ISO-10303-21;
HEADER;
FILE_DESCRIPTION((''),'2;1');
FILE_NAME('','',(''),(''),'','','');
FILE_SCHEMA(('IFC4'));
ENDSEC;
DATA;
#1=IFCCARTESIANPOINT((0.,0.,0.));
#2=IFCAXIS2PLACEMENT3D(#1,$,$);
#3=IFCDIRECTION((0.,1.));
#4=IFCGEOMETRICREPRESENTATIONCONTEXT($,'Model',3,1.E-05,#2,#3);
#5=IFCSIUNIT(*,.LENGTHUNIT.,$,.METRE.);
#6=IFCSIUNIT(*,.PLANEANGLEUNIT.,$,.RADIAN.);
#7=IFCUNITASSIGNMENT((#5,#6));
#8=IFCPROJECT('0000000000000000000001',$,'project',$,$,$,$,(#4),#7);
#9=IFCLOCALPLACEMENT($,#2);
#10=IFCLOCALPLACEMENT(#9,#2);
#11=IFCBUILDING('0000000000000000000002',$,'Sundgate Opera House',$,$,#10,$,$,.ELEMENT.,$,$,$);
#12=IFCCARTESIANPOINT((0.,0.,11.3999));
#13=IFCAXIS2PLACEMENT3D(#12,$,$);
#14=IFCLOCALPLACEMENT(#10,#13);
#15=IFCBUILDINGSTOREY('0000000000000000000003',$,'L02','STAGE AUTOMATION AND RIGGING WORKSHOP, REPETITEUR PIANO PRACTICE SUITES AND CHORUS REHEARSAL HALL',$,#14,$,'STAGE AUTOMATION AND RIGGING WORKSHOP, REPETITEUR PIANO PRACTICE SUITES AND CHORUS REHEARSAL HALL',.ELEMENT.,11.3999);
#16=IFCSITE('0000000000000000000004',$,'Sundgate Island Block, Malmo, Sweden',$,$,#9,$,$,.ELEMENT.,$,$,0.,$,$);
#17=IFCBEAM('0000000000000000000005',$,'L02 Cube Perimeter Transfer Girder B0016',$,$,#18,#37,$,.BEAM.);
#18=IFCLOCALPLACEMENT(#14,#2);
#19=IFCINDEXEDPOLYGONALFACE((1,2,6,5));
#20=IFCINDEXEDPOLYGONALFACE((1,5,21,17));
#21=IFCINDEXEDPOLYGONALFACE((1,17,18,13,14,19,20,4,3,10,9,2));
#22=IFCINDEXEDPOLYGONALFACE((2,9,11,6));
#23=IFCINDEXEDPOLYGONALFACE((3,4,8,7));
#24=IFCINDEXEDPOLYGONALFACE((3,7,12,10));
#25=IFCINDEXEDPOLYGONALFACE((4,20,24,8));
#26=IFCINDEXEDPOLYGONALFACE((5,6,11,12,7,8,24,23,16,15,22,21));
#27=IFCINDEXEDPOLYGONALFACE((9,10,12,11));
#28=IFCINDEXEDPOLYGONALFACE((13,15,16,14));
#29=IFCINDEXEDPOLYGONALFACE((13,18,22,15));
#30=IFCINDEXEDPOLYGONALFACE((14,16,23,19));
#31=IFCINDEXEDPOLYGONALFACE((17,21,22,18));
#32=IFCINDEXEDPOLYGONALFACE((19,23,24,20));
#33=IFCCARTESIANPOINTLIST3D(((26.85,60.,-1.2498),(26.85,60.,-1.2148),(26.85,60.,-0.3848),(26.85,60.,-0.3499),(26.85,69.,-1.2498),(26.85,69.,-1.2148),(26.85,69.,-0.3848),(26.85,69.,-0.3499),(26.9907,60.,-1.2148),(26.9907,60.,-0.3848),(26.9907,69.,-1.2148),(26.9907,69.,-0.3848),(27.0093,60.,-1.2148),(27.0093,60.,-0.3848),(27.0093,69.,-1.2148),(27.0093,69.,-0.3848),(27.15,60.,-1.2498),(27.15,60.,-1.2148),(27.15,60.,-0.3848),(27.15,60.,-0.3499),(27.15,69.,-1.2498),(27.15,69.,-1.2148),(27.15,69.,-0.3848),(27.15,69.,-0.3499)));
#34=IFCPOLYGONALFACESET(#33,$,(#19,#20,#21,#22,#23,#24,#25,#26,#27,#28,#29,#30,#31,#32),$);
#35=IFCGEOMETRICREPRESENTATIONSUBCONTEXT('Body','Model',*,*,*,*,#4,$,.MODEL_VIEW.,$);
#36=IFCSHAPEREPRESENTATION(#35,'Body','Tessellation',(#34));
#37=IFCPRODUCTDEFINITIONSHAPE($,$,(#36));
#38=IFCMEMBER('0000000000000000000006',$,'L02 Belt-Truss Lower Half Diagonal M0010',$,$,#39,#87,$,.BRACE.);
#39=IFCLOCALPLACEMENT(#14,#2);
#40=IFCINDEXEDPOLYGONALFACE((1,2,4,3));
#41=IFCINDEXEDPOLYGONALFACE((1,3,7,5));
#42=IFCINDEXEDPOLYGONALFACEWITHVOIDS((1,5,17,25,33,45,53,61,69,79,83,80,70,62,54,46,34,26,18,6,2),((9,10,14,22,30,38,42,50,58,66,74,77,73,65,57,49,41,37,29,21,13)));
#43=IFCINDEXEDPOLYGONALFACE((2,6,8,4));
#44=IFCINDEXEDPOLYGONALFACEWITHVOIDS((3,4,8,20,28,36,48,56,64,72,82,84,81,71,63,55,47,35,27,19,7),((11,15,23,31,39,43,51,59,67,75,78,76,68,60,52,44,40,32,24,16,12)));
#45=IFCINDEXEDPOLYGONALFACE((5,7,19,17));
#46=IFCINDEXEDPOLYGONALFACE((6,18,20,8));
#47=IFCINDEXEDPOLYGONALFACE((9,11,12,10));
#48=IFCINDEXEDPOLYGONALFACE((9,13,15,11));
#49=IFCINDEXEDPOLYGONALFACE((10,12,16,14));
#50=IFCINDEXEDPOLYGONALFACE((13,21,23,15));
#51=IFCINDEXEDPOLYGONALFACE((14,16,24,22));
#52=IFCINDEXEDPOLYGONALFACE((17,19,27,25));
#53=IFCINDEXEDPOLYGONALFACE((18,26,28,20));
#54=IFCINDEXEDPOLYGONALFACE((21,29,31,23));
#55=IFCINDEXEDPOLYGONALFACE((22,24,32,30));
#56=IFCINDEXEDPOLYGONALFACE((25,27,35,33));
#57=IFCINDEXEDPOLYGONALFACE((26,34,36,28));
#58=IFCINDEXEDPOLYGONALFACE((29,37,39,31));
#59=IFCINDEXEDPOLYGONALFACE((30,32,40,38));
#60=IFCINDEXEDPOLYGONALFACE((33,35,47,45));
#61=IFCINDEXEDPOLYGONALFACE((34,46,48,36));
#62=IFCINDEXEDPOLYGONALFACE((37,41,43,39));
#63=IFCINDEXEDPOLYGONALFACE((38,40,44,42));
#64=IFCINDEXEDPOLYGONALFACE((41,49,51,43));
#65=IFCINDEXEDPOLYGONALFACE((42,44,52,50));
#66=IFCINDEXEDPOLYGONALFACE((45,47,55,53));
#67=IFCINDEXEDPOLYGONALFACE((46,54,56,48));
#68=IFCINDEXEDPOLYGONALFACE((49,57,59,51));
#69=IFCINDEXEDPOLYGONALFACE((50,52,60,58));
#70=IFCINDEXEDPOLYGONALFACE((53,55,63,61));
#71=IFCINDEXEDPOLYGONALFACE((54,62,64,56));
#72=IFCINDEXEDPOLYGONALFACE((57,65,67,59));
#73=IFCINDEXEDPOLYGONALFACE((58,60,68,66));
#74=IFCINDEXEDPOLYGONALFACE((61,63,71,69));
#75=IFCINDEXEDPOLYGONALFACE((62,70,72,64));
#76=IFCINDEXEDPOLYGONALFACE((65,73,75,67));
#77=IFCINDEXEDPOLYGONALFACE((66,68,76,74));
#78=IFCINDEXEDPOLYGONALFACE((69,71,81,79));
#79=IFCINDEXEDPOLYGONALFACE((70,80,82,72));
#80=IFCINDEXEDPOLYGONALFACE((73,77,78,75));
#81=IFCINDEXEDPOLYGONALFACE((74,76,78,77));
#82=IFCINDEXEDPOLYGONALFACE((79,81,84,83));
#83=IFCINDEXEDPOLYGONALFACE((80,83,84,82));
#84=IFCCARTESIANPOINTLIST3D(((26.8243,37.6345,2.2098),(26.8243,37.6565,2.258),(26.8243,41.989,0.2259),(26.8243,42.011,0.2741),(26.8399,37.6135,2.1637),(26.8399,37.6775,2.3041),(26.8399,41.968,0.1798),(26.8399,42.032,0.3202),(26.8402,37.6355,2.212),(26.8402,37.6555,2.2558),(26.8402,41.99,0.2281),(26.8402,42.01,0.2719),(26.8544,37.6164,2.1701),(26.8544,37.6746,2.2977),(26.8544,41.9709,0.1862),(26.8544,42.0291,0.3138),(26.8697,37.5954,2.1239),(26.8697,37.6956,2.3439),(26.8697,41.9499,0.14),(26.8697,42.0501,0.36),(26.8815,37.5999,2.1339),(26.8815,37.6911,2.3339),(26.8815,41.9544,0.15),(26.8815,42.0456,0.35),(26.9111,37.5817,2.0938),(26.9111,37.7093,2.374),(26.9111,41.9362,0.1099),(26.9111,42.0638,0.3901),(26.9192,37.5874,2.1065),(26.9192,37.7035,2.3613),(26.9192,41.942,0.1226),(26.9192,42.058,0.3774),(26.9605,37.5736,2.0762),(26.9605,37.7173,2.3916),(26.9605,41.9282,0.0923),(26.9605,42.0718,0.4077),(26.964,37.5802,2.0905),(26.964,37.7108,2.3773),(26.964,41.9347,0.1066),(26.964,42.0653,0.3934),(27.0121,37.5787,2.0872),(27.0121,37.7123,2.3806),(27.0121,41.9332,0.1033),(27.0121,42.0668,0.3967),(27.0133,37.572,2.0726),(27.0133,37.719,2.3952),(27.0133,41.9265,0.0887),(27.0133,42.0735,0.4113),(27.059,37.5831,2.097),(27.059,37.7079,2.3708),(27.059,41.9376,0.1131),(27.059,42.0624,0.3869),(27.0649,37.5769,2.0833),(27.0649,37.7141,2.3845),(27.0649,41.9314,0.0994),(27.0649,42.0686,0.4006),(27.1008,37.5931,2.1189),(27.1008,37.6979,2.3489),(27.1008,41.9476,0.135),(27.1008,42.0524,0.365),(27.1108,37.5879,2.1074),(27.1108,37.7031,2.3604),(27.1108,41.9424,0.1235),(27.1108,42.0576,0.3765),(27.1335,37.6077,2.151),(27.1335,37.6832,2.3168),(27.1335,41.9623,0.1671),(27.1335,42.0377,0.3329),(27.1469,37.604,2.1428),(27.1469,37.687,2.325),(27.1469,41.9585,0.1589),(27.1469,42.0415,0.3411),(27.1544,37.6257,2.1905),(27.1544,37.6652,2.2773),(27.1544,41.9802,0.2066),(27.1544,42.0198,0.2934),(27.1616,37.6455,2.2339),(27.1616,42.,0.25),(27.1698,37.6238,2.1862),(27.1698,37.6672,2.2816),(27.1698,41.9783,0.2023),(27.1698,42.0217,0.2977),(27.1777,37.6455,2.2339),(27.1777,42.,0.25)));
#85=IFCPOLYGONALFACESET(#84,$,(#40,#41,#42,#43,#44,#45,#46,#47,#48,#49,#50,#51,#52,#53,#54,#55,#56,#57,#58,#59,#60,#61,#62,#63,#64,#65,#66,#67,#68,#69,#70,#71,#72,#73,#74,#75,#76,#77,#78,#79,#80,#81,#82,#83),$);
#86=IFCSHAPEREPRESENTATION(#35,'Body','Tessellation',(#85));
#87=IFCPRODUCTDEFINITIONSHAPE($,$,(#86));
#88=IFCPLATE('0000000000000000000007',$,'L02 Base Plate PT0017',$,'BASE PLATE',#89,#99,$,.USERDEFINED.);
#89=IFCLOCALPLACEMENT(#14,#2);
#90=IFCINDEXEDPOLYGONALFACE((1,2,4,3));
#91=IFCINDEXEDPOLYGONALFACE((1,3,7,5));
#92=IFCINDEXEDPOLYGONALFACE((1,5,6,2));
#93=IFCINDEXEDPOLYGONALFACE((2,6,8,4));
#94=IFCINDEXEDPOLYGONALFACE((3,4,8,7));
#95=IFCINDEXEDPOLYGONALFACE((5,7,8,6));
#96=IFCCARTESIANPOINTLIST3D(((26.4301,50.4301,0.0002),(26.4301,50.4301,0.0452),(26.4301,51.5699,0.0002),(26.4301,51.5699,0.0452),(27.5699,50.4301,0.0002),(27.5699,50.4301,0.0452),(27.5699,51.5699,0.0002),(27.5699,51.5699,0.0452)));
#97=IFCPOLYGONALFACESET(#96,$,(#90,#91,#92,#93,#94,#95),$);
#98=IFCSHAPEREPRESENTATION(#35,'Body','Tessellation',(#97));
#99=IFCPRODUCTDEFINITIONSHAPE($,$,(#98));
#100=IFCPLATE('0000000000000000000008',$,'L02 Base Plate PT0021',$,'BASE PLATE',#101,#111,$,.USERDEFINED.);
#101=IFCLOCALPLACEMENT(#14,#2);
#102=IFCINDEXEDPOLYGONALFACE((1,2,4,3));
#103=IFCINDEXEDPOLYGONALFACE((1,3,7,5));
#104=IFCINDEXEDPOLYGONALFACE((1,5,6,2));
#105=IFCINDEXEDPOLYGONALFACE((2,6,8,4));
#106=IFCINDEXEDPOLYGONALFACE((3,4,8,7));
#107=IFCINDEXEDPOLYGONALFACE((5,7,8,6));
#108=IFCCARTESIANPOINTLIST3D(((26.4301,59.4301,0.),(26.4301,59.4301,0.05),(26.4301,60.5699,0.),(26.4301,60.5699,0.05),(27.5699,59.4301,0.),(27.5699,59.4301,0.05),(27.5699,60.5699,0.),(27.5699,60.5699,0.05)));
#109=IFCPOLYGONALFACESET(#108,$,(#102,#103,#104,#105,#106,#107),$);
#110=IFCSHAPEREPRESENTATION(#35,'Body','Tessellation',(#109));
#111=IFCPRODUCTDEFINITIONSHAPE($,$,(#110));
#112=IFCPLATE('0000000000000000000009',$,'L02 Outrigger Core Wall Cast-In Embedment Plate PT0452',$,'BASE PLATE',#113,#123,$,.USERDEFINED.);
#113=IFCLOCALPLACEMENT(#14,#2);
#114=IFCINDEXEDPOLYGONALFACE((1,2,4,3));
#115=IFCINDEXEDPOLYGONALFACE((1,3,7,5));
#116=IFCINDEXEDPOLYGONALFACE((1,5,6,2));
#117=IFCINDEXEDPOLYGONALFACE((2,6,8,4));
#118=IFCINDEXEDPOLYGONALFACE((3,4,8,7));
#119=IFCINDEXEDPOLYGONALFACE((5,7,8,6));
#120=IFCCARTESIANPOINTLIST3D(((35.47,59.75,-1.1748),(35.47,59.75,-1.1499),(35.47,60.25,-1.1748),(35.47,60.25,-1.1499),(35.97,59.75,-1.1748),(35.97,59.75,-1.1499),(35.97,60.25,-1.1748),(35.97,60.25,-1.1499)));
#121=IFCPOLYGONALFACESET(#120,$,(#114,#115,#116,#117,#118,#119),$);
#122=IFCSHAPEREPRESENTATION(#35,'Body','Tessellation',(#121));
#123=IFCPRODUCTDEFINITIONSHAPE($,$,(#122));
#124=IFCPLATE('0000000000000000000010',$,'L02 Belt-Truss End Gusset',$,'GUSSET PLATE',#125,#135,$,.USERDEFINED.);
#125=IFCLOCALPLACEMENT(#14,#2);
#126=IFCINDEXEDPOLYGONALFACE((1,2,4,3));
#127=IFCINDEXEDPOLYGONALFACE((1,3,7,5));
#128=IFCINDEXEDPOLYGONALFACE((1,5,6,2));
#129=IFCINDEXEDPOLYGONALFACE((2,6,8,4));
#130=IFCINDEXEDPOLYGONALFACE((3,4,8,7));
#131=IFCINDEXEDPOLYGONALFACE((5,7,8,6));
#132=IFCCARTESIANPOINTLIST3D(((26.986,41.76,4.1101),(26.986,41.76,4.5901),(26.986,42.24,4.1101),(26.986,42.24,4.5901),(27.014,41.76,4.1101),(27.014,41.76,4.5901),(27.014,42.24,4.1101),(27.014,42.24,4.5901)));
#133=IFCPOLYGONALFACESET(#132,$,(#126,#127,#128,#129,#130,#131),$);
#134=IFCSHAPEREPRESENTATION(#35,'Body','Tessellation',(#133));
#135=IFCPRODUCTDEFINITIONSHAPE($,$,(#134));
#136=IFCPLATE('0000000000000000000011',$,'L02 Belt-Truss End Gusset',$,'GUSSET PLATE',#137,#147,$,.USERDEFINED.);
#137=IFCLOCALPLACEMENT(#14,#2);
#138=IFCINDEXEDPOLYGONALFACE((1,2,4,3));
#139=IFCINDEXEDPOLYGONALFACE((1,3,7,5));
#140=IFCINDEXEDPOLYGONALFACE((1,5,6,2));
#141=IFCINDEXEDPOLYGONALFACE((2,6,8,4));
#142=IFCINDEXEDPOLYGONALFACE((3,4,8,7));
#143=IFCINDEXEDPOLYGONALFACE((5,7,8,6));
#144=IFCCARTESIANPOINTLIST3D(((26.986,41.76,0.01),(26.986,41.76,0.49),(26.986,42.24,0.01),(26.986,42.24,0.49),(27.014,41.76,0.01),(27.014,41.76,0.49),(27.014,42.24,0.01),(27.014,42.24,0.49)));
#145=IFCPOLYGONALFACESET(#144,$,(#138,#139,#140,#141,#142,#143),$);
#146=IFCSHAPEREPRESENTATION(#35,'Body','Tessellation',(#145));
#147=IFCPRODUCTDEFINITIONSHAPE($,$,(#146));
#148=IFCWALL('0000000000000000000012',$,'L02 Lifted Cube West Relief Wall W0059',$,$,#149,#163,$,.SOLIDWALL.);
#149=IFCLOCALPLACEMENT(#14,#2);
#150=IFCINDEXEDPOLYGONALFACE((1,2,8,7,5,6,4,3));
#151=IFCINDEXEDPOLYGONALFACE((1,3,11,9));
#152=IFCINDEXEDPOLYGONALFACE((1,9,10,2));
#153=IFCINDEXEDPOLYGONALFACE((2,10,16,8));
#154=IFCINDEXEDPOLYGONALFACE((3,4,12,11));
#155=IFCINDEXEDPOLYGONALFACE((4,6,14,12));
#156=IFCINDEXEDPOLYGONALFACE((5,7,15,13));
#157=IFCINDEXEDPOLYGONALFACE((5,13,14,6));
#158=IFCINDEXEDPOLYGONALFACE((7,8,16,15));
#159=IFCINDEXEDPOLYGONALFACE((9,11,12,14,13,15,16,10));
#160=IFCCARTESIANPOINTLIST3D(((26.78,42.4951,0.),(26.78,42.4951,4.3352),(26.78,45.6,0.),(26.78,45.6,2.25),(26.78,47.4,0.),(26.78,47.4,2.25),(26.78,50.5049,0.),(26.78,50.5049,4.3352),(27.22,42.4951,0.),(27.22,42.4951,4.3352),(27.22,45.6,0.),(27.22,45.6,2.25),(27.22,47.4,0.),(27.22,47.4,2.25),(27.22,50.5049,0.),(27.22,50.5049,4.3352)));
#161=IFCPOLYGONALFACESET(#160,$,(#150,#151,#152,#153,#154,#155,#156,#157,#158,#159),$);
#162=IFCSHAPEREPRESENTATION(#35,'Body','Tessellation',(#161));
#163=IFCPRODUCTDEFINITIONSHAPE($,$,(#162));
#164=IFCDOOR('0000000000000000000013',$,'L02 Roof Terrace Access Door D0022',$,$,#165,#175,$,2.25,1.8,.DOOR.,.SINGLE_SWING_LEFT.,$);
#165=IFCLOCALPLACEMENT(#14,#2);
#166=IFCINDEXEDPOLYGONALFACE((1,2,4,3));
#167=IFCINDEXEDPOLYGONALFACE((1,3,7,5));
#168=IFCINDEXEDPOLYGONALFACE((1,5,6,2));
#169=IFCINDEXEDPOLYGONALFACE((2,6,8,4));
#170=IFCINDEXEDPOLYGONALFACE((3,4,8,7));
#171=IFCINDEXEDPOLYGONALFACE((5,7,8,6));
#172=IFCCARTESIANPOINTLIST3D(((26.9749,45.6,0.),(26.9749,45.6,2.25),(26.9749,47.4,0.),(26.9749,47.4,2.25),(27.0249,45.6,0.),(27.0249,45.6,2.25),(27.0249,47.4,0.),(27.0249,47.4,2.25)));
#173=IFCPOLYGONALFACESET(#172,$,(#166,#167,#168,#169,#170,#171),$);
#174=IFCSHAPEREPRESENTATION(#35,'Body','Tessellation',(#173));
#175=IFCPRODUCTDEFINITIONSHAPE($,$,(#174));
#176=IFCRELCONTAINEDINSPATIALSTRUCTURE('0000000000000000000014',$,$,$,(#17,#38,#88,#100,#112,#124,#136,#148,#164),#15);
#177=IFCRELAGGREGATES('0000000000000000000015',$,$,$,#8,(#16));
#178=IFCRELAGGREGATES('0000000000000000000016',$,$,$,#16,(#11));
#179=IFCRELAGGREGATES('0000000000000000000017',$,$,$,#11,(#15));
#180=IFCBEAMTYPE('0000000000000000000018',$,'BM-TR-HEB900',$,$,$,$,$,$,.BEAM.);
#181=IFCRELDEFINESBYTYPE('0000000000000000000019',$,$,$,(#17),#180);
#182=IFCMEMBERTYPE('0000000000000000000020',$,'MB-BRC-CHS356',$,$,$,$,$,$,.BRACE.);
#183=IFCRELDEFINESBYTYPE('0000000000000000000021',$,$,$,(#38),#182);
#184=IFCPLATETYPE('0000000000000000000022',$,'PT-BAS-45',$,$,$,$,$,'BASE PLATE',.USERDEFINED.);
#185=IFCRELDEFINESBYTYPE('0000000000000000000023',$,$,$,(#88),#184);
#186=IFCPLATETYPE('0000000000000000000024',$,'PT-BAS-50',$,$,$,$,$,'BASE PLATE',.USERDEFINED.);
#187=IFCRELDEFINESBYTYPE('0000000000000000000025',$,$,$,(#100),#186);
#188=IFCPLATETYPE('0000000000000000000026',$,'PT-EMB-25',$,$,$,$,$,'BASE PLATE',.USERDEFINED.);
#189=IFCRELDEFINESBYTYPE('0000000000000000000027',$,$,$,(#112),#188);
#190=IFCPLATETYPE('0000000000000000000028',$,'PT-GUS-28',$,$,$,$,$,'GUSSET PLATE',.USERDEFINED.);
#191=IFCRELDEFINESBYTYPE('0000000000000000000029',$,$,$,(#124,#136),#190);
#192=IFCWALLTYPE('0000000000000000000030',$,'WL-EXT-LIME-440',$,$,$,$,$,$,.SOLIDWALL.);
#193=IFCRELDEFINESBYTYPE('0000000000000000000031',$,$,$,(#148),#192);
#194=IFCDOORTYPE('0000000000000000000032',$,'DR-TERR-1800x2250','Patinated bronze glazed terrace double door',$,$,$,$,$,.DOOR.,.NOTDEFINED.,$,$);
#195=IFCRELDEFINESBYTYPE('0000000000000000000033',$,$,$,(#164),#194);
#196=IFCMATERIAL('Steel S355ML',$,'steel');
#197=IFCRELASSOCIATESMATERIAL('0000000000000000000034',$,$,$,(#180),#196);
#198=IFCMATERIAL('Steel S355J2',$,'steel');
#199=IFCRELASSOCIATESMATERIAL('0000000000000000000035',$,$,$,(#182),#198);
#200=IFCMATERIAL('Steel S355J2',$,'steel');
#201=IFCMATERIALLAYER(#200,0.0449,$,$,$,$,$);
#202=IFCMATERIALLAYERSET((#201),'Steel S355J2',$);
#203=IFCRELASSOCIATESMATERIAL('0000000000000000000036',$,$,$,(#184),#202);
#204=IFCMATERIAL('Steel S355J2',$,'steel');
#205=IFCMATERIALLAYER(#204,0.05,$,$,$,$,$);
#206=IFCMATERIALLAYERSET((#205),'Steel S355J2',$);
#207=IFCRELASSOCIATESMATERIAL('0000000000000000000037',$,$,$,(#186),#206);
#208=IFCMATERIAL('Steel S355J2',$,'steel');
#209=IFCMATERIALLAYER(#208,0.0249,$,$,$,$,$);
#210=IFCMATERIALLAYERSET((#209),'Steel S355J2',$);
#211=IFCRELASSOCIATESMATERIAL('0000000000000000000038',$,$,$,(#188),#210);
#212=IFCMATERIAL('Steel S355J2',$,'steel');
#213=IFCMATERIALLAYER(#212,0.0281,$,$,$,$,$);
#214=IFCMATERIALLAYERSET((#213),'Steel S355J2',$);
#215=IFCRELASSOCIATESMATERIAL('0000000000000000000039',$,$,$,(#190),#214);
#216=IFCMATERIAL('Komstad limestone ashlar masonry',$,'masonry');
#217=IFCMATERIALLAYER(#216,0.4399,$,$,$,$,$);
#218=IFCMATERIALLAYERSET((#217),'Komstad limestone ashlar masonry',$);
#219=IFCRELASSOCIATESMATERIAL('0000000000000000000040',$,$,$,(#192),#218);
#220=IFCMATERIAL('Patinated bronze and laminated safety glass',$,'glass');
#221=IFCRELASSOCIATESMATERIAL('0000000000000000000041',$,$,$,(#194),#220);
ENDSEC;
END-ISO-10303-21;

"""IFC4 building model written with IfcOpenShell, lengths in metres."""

from ifc_helpers import new_model, si_unit, direction, frame, frame_2d, origin, origin_2d, place, context, subcontext, project, spatial, rectangle, hollow_circle, i_section, extrude, material, layer, layer_set, material_profile, profile_set, type_object, element, fill, save


model = new_model("IFC4")

# Units and contexts
model_context = context("Model", 3, precision=1e-05, world=origin(), true_north=direction((0.0, 1.0)))
body_context = subcontext(model_context, "Body", "Model", "MODEL_VIEW")
ifc_project = project(units=[si_unit("LENGTHUNIT", "METRE"), si_unit("PLANEANGLEUNIT", "RADIAN")], contexts=[model_context])

# Site, building, storey
site_placement = place(None, origin())
site = spatial("IfcSite", under=ifc_project, at=site_placement, Name="Sundgate Island Block, Malmo, Sweden", CompositionType="ELEMENT", RefElevation=0.0)
building_placement = place(site_placement, origin())
building = spatial("IfcBuilding", under=site, at=building_placement, Name="Sundgate Opera House", CompositionType="ELEMENT")
storey_placement = place(building_placement, frame((0.0, 0.0, 11.3999)))
storey = spatial("IfcBuildingStorey", under=building, at=storey_placement, Name="L02", Description="STAGE AUTOMATION AND RIGGING WORKSHOP, REPETITEUR PIANO PRACTICE SUITES AND CHORUS REHEARSAL HALL", LongName="STAGE AUTOMATION AND RIGGING WORKSHOP, REPETITEUR PIANO PRACTICE SUITES AND CHORUS REHEARSAL HALL", CompositionType="ELEMENT", Elevation=11.3999)

# Beam
ifc_material_1 = material(Name="Steel S355ML", Category="steel")
ifc_material_profile_1 = material_profile(ifc_material_1, i_section(OverallWidth=0.3, OverallDepth=0.8999, WebThickness=0.0186, FlangeThickness=0.0349, at=origin_2d()), Name="HEB 900")
ifc_profile_set_1 = profile_set([ifc_material_profile_1], Name="Steel S355ML")
beam_type_1 = type_object("IfcBeamType", Name="BM-TR-HEB900", PredefinedType="BEAM", material=ifc_profile_set_1)
for number, where, z_axis, x_axis, name in (
    (1, (27.0, 60.0, -0.7998), (0.0, 1.0, 0.0), (-1.0, 0.0, 0.0), "L02 Cube Perimeter Transfer Girder B0016"),
):
    element("IfcBeam", number, at=place(storey_placement, frame(where, z_axis=z_axis, x_axis=x_axis)), inside=storey, type_object=beam_type_1, Name=name, PredefinedType="BEAM", context=body_context, shape_type="SweptSolid", body=[
        extrude(i_section(OverallWidth=0.3, OverallDepth=0.8999, WebThickness=0.0186, FlangeThickness=0.0349, at=origin_2d()), origin(), (0.0, 0.0, 1.0), 9.0),
    ])

# Member
ifc_material_2 = material(Name="Steel S355J2", Category="steel")
ifc_material_profile_2 = material_profile(ifc_material_2, hollow_circle(Radius=0.1777, WallThickness=0.0161, at=origin_2d()), Name="CHS 355.6x16.0")
ifc_profile_set_2 = profile_set([ifc_material_profile_2], Name="Steel S355J2")
member_type = type_object("IfcMemberType", Name="MB-BRC-CHS356", PredefinedType="BRACE", material=ifc_profile_set_2)
member_placement = place(storey_placement, frame((27.0, 42.0, 0.25), z_axis=(0.0, -0.910006, 0.414595), x_axis=(1.0, 0.0, 0.0)))
element("IfcMember", 2, at=member_placement, inside=storey, type_object=member_type, Name="L02 Belt-Truss Lower Half Diagonal M0010", PredefinedType="BRACE", context=body_context, shape_type="SweptSolid", body=[
    extrude(hollow_circle(Radius=0.1777, WallThickness=0.0161, at=origin_2d()), origin(), (0.0, 0.0, 1.0), 4.7852),
])

# Plates
ifc_material_3 = material(Name="Steel S355J2", Category="steel")
ifc_layer_1 = layer(ifc_material_3, 0.0449)
ifc_layer_set_1 = layer_set([ifc_layer_1], Name="Steel S355J2")
plate_type_1 = type_object("IfcPlateType", Name="PT-BAS-45", ElementType="BASE PLATE", PredefinedType="USERDEFINED", material=ifc_layer_set_1)
plate_1_placement = place(storey_placement, frame((27.0, 51.0, 0.0002), z_axis=(0.0, 0.0, 1.0), x_axis=(1.0, 0.0, 0.0)))
element("IfcPlate", 3, at=plate_1_placement, inside=storey, type_object=plate_type_1, Name="L02 Base Plate PT0017", ObjectType="BASE PLATE", PredefinedType="USERDEFINED", context=body_context, shape_type="SweptSolid", body=[
    extrude(rectangle(XDim=1.1399, YDim=1.1399, at=origin_2d()), origin(), (0.0, 0.0, 1.0), 0.0449),
])
ifc_material_4 = material(Name="Steel S355J2", Category="steel")
ifc_layer_2 = layer(ifc_material_4, 0.05)
ifc_layer_set_2 = layer_set([ifc_layer_2], Name="Steel S355J2")
plate_type_2 = type_object("IfcPlateType", Name="PT-BAS-50", ElementType="BASE PLATE", PredefinedType="USERDEFINED", material=ifc_layer_set_2)
plate_2_placement = place(storey_placement, frame((27.0, 60.0, 0.0), z_axis=(0.0, 0.0, 1.0), x_axis=(1.0, 0.0, 0.0)))
element("IfcPlate", 4, at=plate_2_placement, inside=storey, type_object=plate_type_2, Name="L02 Base Plate PT0021", ObjectType="BASE PLATE", PredefinedType="USERDEFINED", context=body_context, shape_type="SweptSolid", body=[
    extrude(rectangle(XDim=1.1399, YDim=1.1399, at=origin_2d()), origin(), (0.0, 0.0, 1.0), 0.05),
])
ifc_material_5 = material(Name="Steel S355J2", Category="steel")
ifc_layer_3 = layer(ifc_material_5, 0.0249)
ifc_layer_set_3 = layer_set([ifc_layer_3], Name="Steel S355J2")
plate_type_3 = type_object("IfcPlateType", Name="PT-EMB-25", ElementType="BASE PLATE", PredefinedType="USERDEFINED", material=ifc_layer_set_3)
plate_3_placement = place(storey_placement, frame((35.72, 60.0, -1.1748), z_axis=(0.0, 0.0, 1.0), x_axis=(1.0, 0.0, 0.0)))
element("IfcPlate", 5, at=plate_3_placement, inside=storey, type_object=plate_type_3, Name="L02 Outrigger Core Wall Cast-In Embedment Plate PT0452", ObjectType="BASE PLATE", PredefinedType="USERDEFINED", context=body_context, shape_type="SweptSolid", body=[
    extrude(rectangle(XDim=0.5, YDim=0.5, at=origin_2d()), origin(), (0.0, 0.0, 1.0), 0.0249),
])
ifc_material_6 = material(Name="Steel S355J2", Category="steel")
ifc_layer_4 = layer(ifc_material_6, 0.0281)
ifc_layer_set_4 = layer_set([ifc_layer_4], Name="Steel S355J2")
plate_type_4 = type_object("IfcPlateType", Name="PT-GUS-28", ElementType="GUSSET PLATE", PredefinedType="USERDEFINED", material=ifc_layer_set_4)
for number, where, z_axis, x_axis, name in (
    (6, (27.0, 42.0, 4.1101), (0.0, 0.0, 1.0), (1.0, 0.0, 0.0), "L02 Belt-Truss End Gusset"),
    (7, (27.0, 42.0, 0.01), (0.0, 0.0, 1.0), (1.0, 0.0, 0.0), "L02 Belt-Truss End Gusset"),
):
    element("IfcPlate", number, at=place(storey_placement, frame(where, z_axis=z_axis, x_axis=x_axis)), inside=storey, type_object=plate_type_4, Name=name, ObjectType="GUSSET PLATE", PredefinedType="USERDEFINED", context=body_context, shape_type="SweptSolid", body=[
        extrude(rectangle(XDim=0.0281, YDim=0.48, at=origin_2d()), origin(), (0.0, 0.0, 1.0), 0.48),
    ])

# Wall, opening, door
ifc_material_7 = material(Name="Komstad limestone ashlar masonry", Category="masonry")
ifc_layer_5 = layer(ifc_material_7, 0.4399)
ifc_layer_set_5 = layer_set([ifc_layer_5], Name="Komstad limestone ashlar masonry")
wall_type = type_object("IfcWallType", Name="WL-EXT-LIME-440", PredefinedType="SOLIDWALL", material=ifc_layer_set_5)
wall_1_placement = place(storey_placement, frame((27.0, 50.5049, 0.0), z_axis=(0.0, 0.0, 1.0), x_axis=(0.0, -1.0, 0.0)))
wall_1 = element("IfcWall", 8, at=wall_1_placement, inside=storey, type_object=wall_type, Name="L02 Lifted Cube West Relief Wall W0059", PredefinedType="SOLIDWALL", context=body_context, shape_type="SweptSolid", body=[
    extrude(rectangle(XDim=8.0098, YDim=0.4399, at=frame_2d((4.0049, 0.0))), origin(), (0.0, 0.0, 1.0), 4.3352),
])
opening_1_placement = place(wall_1_placement, frame((3.105, 0.0, 0.0)))
opening_1 = element("IfcOpeningElement", 9, at=opening_1_placement, cuts=wall_1, PredefinedType="OPENING", context=body_context, shape_type="SweptSolid", body=[
    extrude(rectangle(XDim=1.8, YDim=2.25, at=frame_2d((0.8999, 1.125))), frame((0.0, 0.23, 0.0), z_axis=(0.0, -1.0, 0.0), x_axis=(1.0, 0.0, 0.0)), (0.0, 0.0, 1.0), 0.46),
])
ifc_material_8 = material(Name="Patinated bronze and laminated safety glass", Category="glass")
door_type = type_object("IfcDoorType", Name="DR-TERR-1800x2250", Description="Patinated bronze glazed terrace double door", OperationType="NOTDEFINED", PredefinedType="DOOR", material=ifc_material_8)
door_placement = place(opening_1_placement, origin())
door = element("IfcDoor", 10, at=door_placement, inside=storey, type_object=door_type, Name="L02 Roof Terrace Access Door D0022", OperationType="SINGLE_SWING_LEFT", OverallHeight=2.25, OverallWidth=1.8, PredefinedType="DOOR", context=body_context, shape_type="SweptSolid", body=[
    extrude(rectangle(XDim=1.8, YDim=2.25, at=frame_2d((0.8999, 1.125))), frame((0.0, 0.0249, 0.0), z_axis=(0.0, -1.0, 0.0), x_axis=(1.0, 0.0, 0.0)), (0.0, 0.0, 1.0), 0.05),
])
fill(opening_1, door)

save(model, "model.ifc")
